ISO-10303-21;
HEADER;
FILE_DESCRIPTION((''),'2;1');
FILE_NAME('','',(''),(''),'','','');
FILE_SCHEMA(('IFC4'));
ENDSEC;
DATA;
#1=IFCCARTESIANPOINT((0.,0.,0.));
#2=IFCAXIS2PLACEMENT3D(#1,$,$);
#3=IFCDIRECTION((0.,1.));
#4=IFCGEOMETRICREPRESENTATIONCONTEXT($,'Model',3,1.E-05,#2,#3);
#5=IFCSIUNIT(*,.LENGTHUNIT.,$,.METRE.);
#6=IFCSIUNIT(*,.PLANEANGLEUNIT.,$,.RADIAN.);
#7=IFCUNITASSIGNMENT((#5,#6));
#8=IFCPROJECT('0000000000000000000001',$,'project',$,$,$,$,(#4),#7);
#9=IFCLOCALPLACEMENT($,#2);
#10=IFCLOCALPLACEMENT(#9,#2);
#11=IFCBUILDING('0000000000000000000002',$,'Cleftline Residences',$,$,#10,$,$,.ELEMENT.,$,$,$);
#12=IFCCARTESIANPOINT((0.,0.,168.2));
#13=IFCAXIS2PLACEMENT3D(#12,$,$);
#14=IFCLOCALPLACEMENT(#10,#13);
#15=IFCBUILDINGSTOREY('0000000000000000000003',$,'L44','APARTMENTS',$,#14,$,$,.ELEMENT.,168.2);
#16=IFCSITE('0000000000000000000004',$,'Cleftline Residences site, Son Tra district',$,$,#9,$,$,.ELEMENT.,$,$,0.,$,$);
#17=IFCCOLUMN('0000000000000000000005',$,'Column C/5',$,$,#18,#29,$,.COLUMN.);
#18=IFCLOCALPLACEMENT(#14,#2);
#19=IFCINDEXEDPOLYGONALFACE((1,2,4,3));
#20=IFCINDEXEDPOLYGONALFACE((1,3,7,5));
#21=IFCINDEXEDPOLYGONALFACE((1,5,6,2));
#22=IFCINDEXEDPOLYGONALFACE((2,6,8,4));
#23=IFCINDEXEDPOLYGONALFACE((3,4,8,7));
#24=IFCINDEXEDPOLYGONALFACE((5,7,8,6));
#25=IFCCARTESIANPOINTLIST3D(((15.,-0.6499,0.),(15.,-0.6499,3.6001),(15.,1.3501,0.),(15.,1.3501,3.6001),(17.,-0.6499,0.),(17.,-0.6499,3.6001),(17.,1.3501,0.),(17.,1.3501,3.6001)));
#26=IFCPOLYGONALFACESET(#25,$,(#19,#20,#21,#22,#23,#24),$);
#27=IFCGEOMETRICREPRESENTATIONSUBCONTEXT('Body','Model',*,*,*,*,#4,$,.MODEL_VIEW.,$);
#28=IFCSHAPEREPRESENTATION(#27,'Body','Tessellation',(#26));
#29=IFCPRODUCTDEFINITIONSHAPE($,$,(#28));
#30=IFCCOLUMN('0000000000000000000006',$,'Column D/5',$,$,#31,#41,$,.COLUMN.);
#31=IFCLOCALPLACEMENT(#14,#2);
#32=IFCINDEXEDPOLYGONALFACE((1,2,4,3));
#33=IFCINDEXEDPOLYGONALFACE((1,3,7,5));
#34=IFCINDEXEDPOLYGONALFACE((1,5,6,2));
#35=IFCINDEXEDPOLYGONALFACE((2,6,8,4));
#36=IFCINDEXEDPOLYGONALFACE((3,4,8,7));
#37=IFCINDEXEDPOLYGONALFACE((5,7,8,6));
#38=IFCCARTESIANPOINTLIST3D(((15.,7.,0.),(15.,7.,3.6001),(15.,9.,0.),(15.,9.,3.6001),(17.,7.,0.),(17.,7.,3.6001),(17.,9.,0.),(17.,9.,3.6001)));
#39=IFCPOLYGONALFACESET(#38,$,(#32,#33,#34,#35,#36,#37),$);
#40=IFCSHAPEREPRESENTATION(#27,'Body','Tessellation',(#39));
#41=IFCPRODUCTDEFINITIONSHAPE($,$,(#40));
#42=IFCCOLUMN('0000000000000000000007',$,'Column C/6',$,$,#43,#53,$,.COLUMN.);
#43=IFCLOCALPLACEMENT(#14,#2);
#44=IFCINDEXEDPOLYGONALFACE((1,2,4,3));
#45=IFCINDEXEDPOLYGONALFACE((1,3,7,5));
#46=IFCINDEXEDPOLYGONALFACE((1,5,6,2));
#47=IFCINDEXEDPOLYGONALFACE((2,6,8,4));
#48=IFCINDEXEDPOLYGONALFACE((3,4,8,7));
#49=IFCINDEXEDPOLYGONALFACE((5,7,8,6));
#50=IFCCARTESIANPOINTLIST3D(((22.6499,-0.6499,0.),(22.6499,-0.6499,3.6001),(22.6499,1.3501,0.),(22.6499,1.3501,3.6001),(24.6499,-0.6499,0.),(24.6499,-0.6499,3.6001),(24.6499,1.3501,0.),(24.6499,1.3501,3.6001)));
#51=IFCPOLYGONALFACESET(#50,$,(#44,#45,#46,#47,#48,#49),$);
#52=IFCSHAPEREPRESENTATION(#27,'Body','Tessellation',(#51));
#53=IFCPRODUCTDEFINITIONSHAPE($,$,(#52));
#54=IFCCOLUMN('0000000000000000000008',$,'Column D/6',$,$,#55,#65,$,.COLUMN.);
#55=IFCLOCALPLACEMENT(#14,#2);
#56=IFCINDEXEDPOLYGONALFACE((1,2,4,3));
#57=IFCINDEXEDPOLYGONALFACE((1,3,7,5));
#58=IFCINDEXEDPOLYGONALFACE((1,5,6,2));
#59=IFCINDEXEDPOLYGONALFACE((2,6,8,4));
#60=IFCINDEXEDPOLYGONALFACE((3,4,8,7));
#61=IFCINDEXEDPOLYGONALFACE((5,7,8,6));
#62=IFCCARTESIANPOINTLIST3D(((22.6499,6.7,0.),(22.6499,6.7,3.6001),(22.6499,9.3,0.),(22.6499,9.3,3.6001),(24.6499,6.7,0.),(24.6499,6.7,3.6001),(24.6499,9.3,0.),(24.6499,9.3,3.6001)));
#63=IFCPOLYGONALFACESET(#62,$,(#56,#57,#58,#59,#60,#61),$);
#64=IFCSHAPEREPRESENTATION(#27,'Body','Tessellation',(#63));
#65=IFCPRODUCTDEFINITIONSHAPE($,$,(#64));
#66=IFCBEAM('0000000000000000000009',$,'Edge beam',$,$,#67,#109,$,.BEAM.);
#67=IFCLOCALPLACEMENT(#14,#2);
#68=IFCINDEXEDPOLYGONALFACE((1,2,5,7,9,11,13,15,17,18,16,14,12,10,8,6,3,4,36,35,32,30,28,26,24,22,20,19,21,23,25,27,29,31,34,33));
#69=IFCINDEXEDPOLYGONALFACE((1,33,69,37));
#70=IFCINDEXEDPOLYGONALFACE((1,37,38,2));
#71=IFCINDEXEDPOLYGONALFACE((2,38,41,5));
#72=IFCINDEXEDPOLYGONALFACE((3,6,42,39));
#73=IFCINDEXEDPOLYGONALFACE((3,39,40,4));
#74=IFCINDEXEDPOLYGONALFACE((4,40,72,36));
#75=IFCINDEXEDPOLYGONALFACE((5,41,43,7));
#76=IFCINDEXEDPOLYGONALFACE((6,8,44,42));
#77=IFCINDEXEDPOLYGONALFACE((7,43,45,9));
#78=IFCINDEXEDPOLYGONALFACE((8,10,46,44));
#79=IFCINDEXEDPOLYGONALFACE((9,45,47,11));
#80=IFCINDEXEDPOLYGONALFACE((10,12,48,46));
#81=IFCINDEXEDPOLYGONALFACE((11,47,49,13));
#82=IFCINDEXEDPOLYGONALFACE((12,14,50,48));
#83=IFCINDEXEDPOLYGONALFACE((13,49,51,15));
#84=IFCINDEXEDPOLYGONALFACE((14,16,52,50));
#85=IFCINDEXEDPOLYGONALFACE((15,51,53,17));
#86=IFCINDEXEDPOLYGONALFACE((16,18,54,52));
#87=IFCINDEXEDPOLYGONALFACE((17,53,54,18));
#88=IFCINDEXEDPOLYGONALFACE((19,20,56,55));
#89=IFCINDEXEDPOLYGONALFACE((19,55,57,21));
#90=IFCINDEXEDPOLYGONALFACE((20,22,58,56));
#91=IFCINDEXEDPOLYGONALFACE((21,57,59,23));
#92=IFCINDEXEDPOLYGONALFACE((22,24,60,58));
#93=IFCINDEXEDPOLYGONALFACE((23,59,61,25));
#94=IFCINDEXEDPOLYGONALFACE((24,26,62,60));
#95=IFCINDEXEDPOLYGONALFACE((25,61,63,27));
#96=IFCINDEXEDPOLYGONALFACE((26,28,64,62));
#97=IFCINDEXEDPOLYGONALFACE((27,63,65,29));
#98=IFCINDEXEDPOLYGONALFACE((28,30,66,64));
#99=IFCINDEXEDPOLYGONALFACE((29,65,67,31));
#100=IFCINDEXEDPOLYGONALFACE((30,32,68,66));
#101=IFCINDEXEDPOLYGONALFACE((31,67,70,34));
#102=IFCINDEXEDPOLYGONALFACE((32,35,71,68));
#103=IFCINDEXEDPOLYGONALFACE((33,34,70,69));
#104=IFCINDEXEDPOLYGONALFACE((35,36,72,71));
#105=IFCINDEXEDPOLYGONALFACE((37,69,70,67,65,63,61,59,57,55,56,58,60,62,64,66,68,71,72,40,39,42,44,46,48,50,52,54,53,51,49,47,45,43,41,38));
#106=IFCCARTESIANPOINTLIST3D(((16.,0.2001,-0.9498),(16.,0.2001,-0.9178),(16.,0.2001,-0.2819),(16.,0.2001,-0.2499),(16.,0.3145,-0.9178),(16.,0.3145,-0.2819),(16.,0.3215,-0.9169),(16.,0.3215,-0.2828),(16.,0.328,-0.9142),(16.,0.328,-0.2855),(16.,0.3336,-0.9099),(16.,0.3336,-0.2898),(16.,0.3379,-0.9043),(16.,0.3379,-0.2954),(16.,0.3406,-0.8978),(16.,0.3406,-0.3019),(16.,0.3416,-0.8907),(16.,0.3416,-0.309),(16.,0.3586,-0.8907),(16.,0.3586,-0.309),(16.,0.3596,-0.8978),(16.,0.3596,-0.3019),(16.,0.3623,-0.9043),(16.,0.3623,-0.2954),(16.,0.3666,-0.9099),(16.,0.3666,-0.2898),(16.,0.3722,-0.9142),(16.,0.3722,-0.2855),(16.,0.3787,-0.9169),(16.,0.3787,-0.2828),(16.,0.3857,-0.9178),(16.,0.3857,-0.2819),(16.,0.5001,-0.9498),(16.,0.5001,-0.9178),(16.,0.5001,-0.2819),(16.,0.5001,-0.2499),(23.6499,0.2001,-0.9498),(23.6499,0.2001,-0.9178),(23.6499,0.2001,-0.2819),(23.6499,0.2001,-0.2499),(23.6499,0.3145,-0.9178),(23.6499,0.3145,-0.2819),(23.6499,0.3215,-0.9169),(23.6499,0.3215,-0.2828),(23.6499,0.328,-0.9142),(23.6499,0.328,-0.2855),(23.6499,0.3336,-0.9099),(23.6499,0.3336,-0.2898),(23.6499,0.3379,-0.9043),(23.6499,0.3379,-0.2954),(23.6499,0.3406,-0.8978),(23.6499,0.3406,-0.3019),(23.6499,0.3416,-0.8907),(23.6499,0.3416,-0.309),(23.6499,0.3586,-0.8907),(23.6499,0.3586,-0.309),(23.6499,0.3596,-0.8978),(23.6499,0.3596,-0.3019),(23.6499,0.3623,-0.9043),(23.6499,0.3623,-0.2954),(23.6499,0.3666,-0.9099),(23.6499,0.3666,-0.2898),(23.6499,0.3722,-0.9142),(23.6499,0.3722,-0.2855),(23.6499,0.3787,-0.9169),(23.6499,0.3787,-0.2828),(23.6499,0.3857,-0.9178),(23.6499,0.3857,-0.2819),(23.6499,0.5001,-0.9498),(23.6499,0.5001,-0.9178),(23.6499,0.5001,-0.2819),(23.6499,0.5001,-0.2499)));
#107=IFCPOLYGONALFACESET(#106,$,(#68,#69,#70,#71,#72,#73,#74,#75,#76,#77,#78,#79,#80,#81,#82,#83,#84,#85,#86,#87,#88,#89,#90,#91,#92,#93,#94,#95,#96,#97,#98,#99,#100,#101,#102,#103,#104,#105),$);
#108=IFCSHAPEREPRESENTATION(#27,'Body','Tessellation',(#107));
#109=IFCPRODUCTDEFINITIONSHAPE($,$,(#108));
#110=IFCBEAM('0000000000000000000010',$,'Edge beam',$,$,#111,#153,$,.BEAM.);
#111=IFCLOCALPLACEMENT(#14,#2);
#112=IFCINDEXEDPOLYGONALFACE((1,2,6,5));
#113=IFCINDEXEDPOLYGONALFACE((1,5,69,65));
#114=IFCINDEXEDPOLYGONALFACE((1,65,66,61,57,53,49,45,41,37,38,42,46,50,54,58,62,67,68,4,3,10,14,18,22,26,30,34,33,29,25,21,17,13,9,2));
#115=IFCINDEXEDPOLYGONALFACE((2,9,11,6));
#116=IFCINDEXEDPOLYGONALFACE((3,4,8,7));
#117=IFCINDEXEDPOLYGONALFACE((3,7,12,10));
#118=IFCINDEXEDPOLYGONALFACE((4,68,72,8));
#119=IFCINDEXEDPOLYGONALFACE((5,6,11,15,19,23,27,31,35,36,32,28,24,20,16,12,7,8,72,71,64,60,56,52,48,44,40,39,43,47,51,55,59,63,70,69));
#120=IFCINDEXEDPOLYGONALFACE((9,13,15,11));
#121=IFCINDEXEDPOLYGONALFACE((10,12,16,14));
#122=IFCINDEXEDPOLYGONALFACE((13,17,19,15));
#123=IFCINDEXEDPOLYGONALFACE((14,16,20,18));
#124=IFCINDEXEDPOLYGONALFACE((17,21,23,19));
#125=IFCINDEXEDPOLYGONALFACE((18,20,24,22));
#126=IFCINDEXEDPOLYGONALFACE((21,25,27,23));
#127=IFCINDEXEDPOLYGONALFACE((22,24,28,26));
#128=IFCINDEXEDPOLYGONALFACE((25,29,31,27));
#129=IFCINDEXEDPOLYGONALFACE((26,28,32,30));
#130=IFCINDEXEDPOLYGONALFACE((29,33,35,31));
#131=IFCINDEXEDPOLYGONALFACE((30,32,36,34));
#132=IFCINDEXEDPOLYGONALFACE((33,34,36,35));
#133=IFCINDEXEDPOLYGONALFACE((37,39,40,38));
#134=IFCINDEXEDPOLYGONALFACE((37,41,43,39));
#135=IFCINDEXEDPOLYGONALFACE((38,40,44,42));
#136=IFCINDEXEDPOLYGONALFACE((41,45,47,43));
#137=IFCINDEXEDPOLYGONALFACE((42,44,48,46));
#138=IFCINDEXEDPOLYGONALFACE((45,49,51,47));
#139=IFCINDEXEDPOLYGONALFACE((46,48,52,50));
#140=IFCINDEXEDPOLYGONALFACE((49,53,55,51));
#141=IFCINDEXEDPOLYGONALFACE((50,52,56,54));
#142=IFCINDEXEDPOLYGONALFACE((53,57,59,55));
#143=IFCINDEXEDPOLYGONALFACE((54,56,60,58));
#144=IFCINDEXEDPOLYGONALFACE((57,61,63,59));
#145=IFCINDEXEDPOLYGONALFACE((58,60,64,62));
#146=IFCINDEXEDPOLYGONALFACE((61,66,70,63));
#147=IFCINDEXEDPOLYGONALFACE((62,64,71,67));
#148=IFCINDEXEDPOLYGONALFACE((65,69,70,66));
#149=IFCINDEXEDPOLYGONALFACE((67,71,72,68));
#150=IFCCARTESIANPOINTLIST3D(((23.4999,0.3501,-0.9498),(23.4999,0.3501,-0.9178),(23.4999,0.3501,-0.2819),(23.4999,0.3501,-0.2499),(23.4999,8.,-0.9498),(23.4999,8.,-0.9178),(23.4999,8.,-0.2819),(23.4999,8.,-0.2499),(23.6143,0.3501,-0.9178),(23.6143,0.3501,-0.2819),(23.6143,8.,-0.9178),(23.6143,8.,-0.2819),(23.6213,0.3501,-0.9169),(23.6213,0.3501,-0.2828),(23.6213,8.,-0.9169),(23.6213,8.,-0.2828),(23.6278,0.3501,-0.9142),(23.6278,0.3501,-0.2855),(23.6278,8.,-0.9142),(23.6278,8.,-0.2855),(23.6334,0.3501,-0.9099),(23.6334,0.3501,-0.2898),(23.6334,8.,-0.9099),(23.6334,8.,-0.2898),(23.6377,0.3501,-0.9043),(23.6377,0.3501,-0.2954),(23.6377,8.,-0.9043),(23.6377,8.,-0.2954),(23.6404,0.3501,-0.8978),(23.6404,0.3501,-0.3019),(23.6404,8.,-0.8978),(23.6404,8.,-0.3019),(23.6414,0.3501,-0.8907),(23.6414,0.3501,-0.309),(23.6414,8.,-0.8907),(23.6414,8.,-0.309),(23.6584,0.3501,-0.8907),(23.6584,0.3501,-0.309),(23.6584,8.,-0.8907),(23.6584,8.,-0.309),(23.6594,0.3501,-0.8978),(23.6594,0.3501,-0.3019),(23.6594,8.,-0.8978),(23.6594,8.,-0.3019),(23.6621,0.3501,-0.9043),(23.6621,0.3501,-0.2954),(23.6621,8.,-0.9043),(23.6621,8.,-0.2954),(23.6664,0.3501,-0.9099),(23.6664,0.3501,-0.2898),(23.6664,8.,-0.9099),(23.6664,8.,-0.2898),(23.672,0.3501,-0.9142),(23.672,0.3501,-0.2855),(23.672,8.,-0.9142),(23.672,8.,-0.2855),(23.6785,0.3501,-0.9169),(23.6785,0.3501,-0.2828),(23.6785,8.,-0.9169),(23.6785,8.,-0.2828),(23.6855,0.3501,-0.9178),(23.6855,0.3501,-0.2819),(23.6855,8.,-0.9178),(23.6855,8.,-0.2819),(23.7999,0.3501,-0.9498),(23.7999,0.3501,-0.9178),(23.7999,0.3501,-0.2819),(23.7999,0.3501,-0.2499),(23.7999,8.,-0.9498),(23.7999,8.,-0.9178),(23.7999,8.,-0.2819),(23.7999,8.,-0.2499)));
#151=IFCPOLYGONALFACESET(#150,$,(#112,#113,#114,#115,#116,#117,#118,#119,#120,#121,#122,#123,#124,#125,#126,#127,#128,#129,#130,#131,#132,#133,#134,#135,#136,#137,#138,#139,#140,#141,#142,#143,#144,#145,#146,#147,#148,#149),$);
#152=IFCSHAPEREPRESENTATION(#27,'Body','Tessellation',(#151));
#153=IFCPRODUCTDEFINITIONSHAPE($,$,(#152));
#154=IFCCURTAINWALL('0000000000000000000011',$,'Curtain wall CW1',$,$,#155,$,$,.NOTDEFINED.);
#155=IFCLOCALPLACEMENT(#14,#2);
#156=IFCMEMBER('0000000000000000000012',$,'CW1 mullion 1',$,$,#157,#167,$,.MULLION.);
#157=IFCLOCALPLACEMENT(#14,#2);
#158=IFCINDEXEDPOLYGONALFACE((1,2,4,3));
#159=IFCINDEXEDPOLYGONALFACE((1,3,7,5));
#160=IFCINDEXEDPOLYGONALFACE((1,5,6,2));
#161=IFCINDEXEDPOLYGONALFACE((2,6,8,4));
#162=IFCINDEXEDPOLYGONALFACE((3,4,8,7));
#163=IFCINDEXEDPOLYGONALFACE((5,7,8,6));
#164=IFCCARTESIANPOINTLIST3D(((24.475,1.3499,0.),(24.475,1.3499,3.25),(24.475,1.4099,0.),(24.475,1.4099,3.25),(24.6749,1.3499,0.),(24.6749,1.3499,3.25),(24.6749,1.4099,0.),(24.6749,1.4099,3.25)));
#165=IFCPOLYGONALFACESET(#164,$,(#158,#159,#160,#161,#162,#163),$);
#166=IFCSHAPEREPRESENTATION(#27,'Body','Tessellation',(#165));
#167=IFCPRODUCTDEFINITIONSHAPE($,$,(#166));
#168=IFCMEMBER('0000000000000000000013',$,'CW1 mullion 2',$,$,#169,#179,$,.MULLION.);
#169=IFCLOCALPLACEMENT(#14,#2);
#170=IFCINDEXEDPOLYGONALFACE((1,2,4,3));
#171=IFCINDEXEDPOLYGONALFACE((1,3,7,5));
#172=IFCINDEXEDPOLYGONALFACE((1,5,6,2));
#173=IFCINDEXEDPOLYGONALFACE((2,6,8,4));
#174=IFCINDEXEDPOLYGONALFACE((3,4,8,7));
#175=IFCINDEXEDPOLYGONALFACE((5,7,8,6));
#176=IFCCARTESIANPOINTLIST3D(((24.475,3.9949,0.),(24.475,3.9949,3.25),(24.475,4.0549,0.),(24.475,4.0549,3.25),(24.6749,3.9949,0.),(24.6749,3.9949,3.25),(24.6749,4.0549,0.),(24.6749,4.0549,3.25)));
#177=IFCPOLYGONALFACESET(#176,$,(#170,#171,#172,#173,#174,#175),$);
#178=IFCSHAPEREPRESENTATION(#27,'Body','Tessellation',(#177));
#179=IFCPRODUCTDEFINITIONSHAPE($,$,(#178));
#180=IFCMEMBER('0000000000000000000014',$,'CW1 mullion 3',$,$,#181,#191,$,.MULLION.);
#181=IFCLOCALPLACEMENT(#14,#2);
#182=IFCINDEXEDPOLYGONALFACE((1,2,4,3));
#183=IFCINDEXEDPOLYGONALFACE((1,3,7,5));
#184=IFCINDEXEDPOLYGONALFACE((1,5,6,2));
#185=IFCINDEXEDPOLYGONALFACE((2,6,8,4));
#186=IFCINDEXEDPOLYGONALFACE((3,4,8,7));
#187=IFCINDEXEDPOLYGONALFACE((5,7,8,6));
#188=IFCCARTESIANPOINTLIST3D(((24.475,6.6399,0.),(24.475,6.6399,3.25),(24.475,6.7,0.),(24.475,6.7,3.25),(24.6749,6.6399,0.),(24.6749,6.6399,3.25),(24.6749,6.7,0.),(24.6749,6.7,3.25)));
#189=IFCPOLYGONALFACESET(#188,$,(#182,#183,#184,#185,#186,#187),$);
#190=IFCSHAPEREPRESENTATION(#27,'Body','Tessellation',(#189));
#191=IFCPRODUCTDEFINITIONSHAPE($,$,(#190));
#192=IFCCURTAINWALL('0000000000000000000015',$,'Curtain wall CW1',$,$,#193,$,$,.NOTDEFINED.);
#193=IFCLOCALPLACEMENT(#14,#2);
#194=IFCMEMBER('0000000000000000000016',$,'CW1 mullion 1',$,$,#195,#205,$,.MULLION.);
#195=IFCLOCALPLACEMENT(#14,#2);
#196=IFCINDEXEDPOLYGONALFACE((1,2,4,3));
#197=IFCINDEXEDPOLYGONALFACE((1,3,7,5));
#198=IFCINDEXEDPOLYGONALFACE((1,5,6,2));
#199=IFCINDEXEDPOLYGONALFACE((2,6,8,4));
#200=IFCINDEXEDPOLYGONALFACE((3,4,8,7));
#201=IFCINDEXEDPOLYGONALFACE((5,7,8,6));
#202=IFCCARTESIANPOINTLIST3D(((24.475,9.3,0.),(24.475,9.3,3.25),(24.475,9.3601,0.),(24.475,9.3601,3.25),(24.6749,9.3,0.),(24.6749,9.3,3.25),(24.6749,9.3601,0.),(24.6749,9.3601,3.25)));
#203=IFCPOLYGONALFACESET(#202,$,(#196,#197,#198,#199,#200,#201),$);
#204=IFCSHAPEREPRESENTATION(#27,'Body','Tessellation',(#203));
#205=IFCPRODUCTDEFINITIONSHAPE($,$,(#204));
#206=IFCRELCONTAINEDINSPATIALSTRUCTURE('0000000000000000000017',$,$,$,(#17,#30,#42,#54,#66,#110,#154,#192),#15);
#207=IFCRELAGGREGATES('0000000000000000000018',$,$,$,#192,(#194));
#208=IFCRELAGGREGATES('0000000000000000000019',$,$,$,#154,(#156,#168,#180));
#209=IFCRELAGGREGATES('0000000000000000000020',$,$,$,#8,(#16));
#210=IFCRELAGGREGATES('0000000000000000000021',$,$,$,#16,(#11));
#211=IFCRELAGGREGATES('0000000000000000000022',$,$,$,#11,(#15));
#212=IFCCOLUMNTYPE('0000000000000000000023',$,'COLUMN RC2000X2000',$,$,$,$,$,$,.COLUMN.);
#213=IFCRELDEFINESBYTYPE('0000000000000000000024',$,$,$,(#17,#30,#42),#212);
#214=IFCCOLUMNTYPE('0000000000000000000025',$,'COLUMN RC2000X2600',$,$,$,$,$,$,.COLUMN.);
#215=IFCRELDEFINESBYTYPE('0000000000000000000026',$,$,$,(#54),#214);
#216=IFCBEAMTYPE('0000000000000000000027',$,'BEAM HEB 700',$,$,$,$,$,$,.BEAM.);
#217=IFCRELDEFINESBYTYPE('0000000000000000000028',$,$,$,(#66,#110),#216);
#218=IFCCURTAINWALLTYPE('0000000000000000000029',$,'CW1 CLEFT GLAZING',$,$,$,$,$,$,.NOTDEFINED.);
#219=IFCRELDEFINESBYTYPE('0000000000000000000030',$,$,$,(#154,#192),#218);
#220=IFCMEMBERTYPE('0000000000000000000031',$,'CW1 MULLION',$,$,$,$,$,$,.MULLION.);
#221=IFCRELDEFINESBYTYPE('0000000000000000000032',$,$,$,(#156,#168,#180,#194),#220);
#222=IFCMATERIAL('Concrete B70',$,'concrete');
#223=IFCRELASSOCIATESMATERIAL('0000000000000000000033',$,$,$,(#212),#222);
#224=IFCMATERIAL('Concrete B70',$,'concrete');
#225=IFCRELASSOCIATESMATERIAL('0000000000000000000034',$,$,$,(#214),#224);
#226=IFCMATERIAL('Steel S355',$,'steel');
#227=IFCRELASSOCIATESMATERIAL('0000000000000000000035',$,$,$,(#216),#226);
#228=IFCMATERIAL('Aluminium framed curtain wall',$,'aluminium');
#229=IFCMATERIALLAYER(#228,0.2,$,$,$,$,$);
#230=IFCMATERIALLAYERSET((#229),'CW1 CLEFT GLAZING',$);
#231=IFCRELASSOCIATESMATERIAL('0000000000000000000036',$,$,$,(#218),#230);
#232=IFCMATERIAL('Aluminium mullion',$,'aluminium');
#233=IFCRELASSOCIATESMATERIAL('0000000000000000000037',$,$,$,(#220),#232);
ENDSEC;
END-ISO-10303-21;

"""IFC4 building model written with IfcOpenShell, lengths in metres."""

from ifc_helpers import new_model, si_unit, direction, frame, origin, origin_2d, place, context, subcontext, project, spatial, rectangle, i_section, extrude, material, layer, layer_set, material_profile, profile_set, type_object, element, aggregate, save


model = new_model("IFC4")

# Units and contexts
model_context = context("Model", 3, precision=1e-05, world=origin(), true_north=direction((0.0, 1.0)))
body_context = subcontext(model_context, "Body", "Model", "MODEL_VIEW")
ifc_project = project(units=[si_unit("LENGTHUNIT", "METRE"), si_unit("PLANEANGLEUNIT", "RADIAN")], contexts=[model_context])

# Site, building, storey
site_placement = place(None, origin())
site = spatial("IfcSite", under=ifc_project, at=site_placement, Name="Cleftline Residences site, Son Tra district", CompositionType="ELEMENT", RefElevation=0.0)
building_placement = place(site_placement, origin())
building = spatial("IfcBuilding", under=site, at=building_placement, Name="Cleftline Residences", CompositionType="ELEMENT")
storey_placement = place(building_placement, frame((0.0, 0.0, 168.2)))
storey = spatial("IfcBuildingStorey", under=building, at=storey_placement, Name="L44", Description="APARTMENTS", CompositionType="ELEMENT", Elevation=168.2)

# Columns
ifc_material_1 = material(Name="Concrete B70", Category="concrete")
ifc_material_profile_1 = material_profile(ifc_material_1, rectangle(XDim=2.0, YDim=2.0, at=origin_2d()))
ifc_profile_set_1 = profile_set([ifc_material_profile_1], Name="Concrete B70")
column_type_1 = type_object("IfcColumnType", Name="COLUMN RC2000X2000", PredefinedType="COLUMN", material=ifc_profile_set_1)
for number, where, z_axis, x_axis, name in (
    (1, (16.0, 0.3501, 0.0), (0.0, 0.0, 1.0), (1.0, 0.0, 0.0), "Column C/5"),
    (2, (16.0, 8.0, 0.0), (0.0, 0.0, 1.0), (1.0, 0.0, 0.0), "Column D/5"),
    (3, (23.6499, 0.3501, 0.0), (0.0, 0.0, 1.0), (1.0, 0.0, 0.0), "Column C/6"),
):
    element("IfcColumn", number, at=place(storey_placement, frame(where, z_axis=z_axis, x_axis=x_axis)), inside=storey, type_object=column_type_1, Name=name, PredefinedType="COLUMN", context=body_context, shape_type="SweptSolid", body=[
        extrude(rectangle(XDim=2.0, YDim=2.0, at=origin_2d()), origin(), (0.0, 0.0, 1.0), 3.6001),
    ])
ifc_material_2 = material(Name="Concrete B70", Category="concrete")
ifc_material_profile_2 = material_profile(ifc_material_2, rectangle(XDim=2.0, YDim=2.6001, at=origin_2d()))
ifc_profile_set_2 = profile_set([ifc_material_profile_2], Name="Concrete B70")
column_type_2 = type_object("IfcColumnType", Name="COLUMN RC2000X2600", PredefinedType="COLUMN", material=ifc_profile_set_2)
column_placement = place(storey_placement, frame((23.6499, 8.0, 0.0), z_axis=(0.0, 0.0, 1.0), x_axis=(1.0, 0.0, 0.0)))
element("IfcColumn", 4, at=column_placement, inside=storey, type_object=column_type_2, Name="Column D/6", PredefinedType="COLUMN", context=body_context, shape_type="SweptSolid", body=[
    extrude(rectangle(XDim=2.0, YDim=2.6001, at=origin_2d()), origin(), (0.0, 0.0, 1.0), 3.6001),
])

# Beams
ifc_material_3 = material(Name="Steel S355", Category="steel")
ifc_material_profile_3 = material_profile(ifc_material_3, i_section(OverallWidth=0.3, OverallDepth=0.7, WebThickness=0.0171, FlangeThickness=0.032, FilletRadius=0.0271, at=origin_2d()))
ifc_profile_set_3 = profile_set([ifc_material_profile_3], Name="Steel S355")
beam_type = type_object("IfcBeamType", Name="BEAM HEB 700", PredefinedType="BEAM", material=ifc_profile_set_3)
for number, where, z_axis, x_axis, name in (
    (5, (16.0, 0.3501, -0.5999), (1.0, 0.0, 0.0), (0.0, 1.0, 0.0), "Edge beam"),
    (6, (23.6499, 0.3501, -0.5999), (0.0, 1.0, 0.0), (-1.0, 0.0, 0.0), "Edge beam"),
):
    element("IfcBeam", number, at=place(storey_placement, frame(where, z_axis=z_axis, x_axis=x_axis)), inside=storey, type_object=beam_type, Name=name, PredefinedType="BEAM", context=body_context, shape_type="SweptSolid", body=[
        extrude(i_section(OverallWidth=0.3, OverallDepth=0.7, WebThickness=0.0171, FlangeThickness=0.032, FilletRadius=0.0271, at=origin_2d()), origin(), (0.0, 0.0, 1.0), 7.6499),
    ])

# Curtain wall, members
ifc_material_4 = material(Name="Aluminium framed curtain wall", Category="aluminium")
ifc_layer_1 = layer(ifc_material_4, 0.2)
ifc_layer_set_1 = layer_set([ifc_layer_1], Name="CW1 CLEFT GLAZING")
curtain_wall_type = type_object("IfcCurtainWallType", Name="CW1 CLEFT GLAZING", PredefinedType="NOTDEFINED", material=ifc_layer_set_1)
curtain_wall_1_placement = place(storey_placement, origin())
curtain_wall_1 = element("IfcCurtainWall", 7, at=curtain_wall_1_placement, inside=storey, type_object=curtain_wall_type, Name="Curtain wall CW1", PredefinedType="NOTDEFINED")
ifc_material_5 = material(Name="Aluminium mullion", Category="aluminium")
ifc_material_profile_4 = material_profile(ifc_material_5, rectangle(XDim=0.2, YDim=0.0601, at=origin_2d()))
ifc_profile_set_4 = profile_set([ifc_material_profile_4], Name="Aluminium mullion")
member_type_1 = type_object("IfcMemberType", Name="CW1 MULLION", PredefinedType="MULLION", material=ifc_profile_set_4)
member_1_placement = place(storey_placement, frame((24.575, 1.3799, 0.0), z_axis=(0.0, 0.0, 1.0), x_axis=(-1.0, 0.0, 0.0)))
member_1 = element("IfcMember", 8, at=member_1_placement, type_object=member_type_1, Name="CW1 mullion 1", PredefinedType="MULLION", context=body_context, shape_type="SweptSolid", body=[
    extrude(rectangle(XDim=0.2, YDim=0.0601, at=origin_2d()), origin(), (0.0, 0.0, 1.0), 3.25),
])
member_2_placement = place(storey_placement, frame((24.575, 4.0249, 0.0), z_axis=(0.0, 0.0, 1.0), x_axis=(-1.0, 0.0, 0.0)))
member_2 = element("IfcMember", 9, at=member_2_placement, type_object=member_type_1, Name="CW1 mullion 2", PredefinedType="MULLION", context=body_context, shape_type="SweptSolid", body=[
    extrude(rectangle(XDim=0.2, YDim=0.0601, at=origin_2d()), origin(), (0.0, 0.0, 1.0), 3.25),
])
member_3_placement = place(storey_placement, frame((24.575, 6.6699, 0.0), z_axis=(0.0, 0.0, 1.0), x_axis=(-1.0, 0.0, 0.0)))
member_3 = element("IfcMember", 10, at=member_3_placement, type_object=member_type_1, Name="CW1 mullion 3", PredefinedType="MULLION", context=body_context, shape_type="SweptSolid", body=[
    extrude(rectangle(XDim=0.2, YDim=0.0601, at=origin_2d()), origin(), (0.0, 0.0, 1.0), 3.25),
])

# Curtain wall, member
curtain_wall_2_placement = place(storey_placement, origin())
curtain_wall_2 = element("IfcCurtainWall", 11, at=curtain_wall_2_placement, inside=storey, type_object=curtain_wall_type, Name="Curtain wall CW1", PredefinedType="NOTDEFINED")
member_4_placement = place(storey_placement, frame((24.575, 9.3301, 0.0), z_axis=(0.0, 0.0, 1.0), x_axis=(-1.0, 0.0, 0.0)))
member_4 = element("IfcMember", 12, at=member_4_placement, type_object=member_type_1, Name="CW1 mullion 1", PredefinedType="MULLION", context=body_context, shape_type="SweptSolid", body=[
    extrude(rectangle(XDim=0.2, YDim=0.0601, at=origin_2d()), origin(), (0.0, 0.0, 1.0), 3.25),
])

aggregate(curtain_wall_2, [member_4])

aggregate(curtain_wall_1, [member_1, member_2, member_3])

save(model, "model.ifc")
